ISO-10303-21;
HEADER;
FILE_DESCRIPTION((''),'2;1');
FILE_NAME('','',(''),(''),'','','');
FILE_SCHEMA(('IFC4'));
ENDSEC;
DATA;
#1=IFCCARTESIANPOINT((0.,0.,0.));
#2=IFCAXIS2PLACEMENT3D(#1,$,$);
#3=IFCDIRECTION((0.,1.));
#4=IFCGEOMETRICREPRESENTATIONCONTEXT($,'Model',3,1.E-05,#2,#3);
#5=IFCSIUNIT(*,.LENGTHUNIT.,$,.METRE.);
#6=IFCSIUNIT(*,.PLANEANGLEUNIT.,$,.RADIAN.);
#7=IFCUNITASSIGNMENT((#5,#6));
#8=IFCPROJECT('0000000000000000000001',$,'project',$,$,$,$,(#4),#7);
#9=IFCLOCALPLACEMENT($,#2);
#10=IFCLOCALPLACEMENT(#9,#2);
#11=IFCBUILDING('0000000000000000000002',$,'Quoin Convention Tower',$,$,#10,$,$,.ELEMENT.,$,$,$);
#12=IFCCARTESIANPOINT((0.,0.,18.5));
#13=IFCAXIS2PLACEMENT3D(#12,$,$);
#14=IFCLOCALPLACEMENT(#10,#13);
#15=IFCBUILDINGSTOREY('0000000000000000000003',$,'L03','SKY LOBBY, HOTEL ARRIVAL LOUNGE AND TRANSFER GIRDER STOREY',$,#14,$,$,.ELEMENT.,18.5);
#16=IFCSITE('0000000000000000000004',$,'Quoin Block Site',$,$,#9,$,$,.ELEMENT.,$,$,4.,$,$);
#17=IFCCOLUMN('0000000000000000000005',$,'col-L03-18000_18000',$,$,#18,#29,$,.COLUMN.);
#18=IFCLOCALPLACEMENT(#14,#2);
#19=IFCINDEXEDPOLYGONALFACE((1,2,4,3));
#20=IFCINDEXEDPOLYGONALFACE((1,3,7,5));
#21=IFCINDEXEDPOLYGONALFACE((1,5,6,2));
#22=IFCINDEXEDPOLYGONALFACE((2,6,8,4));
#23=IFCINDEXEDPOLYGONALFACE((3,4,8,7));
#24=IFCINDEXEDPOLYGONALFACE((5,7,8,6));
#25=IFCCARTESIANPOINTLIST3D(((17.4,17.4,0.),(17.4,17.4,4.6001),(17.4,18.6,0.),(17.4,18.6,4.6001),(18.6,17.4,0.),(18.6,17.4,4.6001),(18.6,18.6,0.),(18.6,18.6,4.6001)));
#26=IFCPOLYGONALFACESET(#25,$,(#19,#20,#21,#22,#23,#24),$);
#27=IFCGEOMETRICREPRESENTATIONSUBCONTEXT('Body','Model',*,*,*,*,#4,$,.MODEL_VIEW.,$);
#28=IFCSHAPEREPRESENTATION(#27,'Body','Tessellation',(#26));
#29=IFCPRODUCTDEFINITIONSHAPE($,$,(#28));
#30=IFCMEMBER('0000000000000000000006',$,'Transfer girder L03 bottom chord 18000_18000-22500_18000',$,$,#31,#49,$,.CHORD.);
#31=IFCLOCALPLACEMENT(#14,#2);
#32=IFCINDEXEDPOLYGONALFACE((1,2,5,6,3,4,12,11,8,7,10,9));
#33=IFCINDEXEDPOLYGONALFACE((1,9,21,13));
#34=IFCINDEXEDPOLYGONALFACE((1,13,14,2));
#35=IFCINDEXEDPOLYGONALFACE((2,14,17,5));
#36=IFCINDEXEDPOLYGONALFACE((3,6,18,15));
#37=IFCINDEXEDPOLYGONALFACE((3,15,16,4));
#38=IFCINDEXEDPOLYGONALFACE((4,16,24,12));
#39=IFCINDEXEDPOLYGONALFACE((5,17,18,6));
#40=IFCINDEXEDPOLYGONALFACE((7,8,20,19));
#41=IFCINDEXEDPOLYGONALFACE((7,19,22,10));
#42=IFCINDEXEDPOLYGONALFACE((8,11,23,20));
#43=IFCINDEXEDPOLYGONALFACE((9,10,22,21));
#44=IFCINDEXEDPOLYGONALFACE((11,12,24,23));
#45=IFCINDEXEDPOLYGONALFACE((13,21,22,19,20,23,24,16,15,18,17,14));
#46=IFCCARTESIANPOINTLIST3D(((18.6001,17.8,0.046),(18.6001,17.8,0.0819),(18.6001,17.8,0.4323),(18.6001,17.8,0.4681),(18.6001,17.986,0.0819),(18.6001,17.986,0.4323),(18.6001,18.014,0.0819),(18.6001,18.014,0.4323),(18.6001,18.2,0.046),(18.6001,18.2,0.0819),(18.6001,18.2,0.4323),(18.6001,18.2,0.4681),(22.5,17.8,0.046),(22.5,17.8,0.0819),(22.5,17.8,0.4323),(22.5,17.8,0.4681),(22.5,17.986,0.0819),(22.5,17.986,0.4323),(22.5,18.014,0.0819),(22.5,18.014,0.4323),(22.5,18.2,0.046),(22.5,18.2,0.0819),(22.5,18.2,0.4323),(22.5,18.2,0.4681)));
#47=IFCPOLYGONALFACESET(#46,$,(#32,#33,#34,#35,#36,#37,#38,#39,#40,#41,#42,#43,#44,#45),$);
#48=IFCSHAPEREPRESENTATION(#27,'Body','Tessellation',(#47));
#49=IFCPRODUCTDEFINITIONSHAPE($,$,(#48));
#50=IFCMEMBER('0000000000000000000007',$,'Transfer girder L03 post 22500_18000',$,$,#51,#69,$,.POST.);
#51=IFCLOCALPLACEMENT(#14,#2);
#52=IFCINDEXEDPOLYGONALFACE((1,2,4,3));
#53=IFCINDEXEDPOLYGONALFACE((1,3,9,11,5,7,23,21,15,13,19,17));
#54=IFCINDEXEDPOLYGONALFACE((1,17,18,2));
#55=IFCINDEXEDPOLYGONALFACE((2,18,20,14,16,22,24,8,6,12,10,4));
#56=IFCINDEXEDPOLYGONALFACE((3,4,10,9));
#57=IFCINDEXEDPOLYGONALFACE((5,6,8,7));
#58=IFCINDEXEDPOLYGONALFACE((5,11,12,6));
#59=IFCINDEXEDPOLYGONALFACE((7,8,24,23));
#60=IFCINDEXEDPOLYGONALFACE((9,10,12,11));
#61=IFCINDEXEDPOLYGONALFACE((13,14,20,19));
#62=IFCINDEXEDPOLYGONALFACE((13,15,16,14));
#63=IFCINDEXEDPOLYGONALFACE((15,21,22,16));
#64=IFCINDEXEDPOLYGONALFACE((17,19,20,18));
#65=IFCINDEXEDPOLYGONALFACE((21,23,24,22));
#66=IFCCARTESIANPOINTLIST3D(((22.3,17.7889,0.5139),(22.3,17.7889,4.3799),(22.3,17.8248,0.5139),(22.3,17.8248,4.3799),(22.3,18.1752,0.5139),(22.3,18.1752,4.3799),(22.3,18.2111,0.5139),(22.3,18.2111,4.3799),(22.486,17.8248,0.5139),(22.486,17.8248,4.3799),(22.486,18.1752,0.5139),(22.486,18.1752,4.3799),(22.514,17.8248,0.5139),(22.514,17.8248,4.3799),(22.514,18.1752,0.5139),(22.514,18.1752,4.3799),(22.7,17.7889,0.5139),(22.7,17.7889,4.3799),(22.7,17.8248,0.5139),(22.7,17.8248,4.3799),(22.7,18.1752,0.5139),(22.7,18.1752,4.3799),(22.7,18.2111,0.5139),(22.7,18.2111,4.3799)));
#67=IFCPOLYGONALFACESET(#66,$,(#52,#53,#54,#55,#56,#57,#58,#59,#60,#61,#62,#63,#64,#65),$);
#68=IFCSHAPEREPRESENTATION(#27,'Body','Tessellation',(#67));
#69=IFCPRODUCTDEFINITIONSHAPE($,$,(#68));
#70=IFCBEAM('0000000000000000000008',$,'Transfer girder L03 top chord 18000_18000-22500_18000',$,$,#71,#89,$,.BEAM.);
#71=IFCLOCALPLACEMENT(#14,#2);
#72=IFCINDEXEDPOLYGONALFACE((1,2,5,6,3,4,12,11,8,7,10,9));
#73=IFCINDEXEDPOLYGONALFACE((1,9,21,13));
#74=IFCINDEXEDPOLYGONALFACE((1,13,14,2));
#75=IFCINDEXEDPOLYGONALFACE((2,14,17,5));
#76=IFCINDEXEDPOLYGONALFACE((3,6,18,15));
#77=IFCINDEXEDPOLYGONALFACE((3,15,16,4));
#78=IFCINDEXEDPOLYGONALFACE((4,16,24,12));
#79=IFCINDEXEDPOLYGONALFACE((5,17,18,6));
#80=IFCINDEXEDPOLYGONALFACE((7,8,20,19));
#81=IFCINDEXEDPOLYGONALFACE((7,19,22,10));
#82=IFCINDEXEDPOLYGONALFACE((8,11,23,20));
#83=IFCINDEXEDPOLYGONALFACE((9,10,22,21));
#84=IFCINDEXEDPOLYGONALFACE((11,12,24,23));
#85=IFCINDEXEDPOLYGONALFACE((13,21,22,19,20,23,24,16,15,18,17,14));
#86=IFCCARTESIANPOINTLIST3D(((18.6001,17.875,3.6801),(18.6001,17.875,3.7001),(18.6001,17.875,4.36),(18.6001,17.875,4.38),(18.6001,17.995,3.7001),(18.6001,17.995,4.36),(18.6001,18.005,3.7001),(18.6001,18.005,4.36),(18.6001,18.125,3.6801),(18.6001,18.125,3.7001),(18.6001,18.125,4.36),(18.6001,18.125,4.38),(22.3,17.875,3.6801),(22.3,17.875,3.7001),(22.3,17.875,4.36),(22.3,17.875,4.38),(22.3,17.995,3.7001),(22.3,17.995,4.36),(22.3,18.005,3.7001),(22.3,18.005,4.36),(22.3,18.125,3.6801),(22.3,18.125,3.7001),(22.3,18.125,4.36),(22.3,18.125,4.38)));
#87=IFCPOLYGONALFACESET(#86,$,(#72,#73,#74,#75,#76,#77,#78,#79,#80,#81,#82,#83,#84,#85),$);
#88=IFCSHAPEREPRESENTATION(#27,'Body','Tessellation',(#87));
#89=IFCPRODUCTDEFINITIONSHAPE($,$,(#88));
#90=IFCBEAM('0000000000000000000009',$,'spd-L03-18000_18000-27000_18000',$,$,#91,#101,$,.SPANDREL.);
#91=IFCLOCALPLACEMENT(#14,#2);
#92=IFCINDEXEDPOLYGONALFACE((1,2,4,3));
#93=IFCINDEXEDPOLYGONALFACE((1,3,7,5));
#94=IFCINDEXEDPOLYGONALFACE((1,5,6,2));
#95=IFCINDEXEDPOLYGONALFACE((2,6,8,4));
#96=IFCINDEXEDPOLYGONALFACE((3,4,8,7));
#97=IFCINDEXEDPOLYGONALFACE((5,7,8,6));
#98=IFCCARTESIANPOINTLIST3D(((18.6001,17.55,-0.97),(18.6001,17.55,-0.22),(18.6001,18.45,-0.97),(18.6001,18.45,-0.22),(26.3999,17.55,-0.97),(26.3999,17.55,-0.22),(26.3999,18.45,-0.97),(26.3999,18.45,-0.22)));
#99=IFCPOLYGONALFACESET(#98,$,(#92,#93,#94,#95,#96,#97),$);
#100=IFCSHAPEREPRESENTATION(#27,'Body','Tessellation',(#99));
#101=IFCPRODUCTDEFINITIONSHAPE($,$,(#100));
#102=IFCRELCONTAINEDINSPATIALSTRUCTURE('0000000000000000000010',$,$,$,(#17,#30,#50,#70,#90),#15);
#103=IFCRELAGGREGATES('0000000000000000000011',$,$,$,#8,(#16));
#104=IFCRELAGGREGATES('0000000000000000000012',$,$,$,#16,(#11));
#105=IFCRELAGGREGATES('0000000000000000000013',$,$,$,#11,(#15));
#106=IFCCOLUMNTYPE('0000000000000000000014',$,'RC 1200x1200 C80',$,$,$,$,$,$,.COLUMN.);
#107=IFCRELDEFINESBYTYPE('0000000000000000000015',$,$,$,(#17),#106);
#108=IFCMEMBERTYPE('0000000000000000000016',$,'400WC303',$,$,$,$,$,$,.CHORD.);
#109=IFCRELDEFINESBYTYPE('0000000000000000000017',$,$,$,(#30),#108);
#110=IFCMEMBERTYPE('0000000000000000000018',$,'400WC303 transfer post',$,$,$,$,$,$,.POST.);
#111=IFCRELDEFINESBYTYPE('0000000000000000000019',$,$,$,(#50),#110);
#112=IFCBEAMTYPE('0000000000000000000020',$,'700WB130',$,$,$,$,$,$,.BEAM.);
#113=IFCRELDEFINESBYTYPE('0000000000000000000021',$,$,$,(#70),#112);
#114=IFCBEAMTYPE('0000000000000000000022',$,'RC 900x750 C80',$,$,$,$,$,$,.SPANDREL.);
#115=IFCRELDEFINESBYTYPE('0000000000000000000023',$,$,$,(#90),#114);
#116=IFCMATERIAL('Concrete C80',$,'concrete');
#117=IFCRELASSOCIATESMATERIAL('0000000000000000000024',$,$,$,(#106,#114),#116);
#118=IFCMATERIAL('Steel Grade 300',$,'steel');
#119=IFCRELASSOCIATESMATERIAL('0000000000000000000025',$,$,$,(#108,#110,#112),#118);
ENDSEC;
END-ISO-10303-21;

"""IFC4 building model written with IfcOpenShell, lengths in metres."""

from ifc_helpers import new_model, si_unit, direction, frame, origin, origin_2d, place, context, subcontext, project, spatial, rectangle, i_section, extrude, material, material_profile, profile_set, type_object, element, save


model = new_model("IFC4")

# Units and contexts
model_context = context("Model", 3, precision=1e-05, world=origin(), true_north=direction((0.0, 1.0)))
body_context = subcontext(model_context, "Body", "Model", "MODEL_VIEW")
ifc_project = project(units=[si_unit("LENGTHUNIT", "METRE"), si_unit("PLANEANGLEUNIT", "RADIAN")], contexts=[model_context])

# Site, building, storey
site_placement = place(None, origin())
site = spatial("IfcSite", under=ifc_project, at=site_placement, Name="Quoin Block Site", CompositionType="ELEMENT", RefElevation=4.0)
building_placement = place(site_placement, origin())
building = spatial("IfcBuilding", under=site, at=building_placement, Name="Quoin Convention Tower", CompositionType="ELEMENT")
storey_placement = place(building_placement, frame((0.0, 0.0, 18.5)))
storey = spatial("IfcBuildingStorey", under=building, at=storey_placement, Name="L03", Description="SKY LOBBY, HOTEL ARRIVAL LOUNGE AND TRANSFER GIRDER STOREY", CompositionType="ELEMENT", Elevation=18.5)

# Column
ifc_material_1 = material(Name="Concrete C80", Category="concrete")
ifc_material_profile_1 = material_profile(ifc_material_1, rectangle(XDim=1.2, YDim=1.2, at=origin_2d()), Name="RC 1200x1200")
ifc_profile_set_1 = profile_set([ifc_material_profile_1], Name="Concrete C80")
column_type = type_object("IfcColumnType", Name="RC 1200x1200 C80", PredefinedType="COLUMN", material=ifc_profile_set_1)
column_placement = place(storey_placement, frame((18.0, 18.0, 0.0), z_axis=(0.0, 0.0, 1.0), x_axis=(1.0, 0.0, 0.0)))
element("IfcColumn", 1, at=column_placement, inside=storey, type_object=column_type, Name="col-L03-18000_18000", PredefinedType="COLUMN", context=body_context, shape_type="SweptSolid", body=[
    extrude(rectangle(XDim=1.2, YDim=1.2, at=origin_2d()), origin(), (0.0, 0.0, 1.0), 4.6001),
])

# Members
ifc_material_2 = material(Name="Steel Grade 300", Category="steel")
ifc_material_profile_2 = material_profile(ifc_material_2, i_section(OverallWidth=0.3999, OverallDepth=0.4221, WebThickness=0.0281, FlangeThickness=0.0359, at=origin_2d()), Name="400WC303")
ifc_profile_set_2 = profile_set([ifc_material_profile_2], Name="Steel Grade 300")
member_type_1 = type_object("IfcMemberType", Name="400WC303", PredefinedType="CHORD", material=ifc_profile_set_2)
member_1_placement = place(storey_placement, frame((18.6001, 18.0, 0.2571), z_axis=(1.0, 0.0, 0.0), x_axis=(0.0, 1.0, 0.0)))
element("IfcMember", 2, at=member_1_placement, inside=storey, type_object=member_type_1, Name="Transfer girder L03 bottom chord 18000_18000-22500_18000", PredefinedType="CHORD", context=body_context, shape_type="SweptSolid", body=[
    extrude(i_section(OverallWidth=0.3999, OverallDepth=0.4221, WebThickness=0.0281, FlangeThickness=0.0359, at=origin_2d()), origin(), (0.0, 0.0, 1.0), 3.8999),
])
ifc_material_profile_3 = material_profile(ifc_material_2, i_section(OverallWidth=0.3999, OverallDepth=0.4221, WebThickness=0.0281, FlangeThickness=0.0359, at=origin_2d()), Name="400WC303")
ifc_profile_set_3 = profile_set([ifc_material_profile_3], Name="Steel Grade 300")
member_type_2 = type_object("IfcMemberType", Name="400WC303 transfer post", PredefinedType="POST", material=ifc_profile_set_3)
member_2_placement = place(storey_placement, frame((22.5, 18.0, 0.5139), z_axis=(0.0, 0.0, 1.0), x_axis=(1.0, 0.0, 0.0)))
element("IfcMember", 3, at=member_2_placement, inside=storey, type_object=member_type_2, Name="Transfer girder L03 post 22500_18000", PredefinedType="POST", context=body_context, shape_type="SweptSolid", body=[
    extrude(i_section(OverallWidth=0.3999, OverallDepth=0.4221, WebThickness=0.0281, FlangeThickness=0.0359, at=origin_2d()), origin(), (0.0, 0.0, 1.0), 3.866),
])

# Beams
ifc_material_profile_4 = material_profile(ifc_material_2, i_section(OverallWidth=0.25, OverallDepth=0.7, WebThickness=0.01, FlangeThickness=0.02, at=origin_2d()), Name="700WB130")
ifc_profile_set_4 = profile_set([ifc_material_profile_4], Name="Steel Grade 300")
beam_type_1 = type_object("IfcBeamType", Name="700WB130", PredefinedType="BEAM", material=ifc_profile_set_4)
beam_1_placement = place(storey_placement, frame((18.6001, 18.0, 4.03), z_axis=(1.0, 0.0, 0.0), x_axis=(0.0, 1.0, 0.0)))
element("IfcBeam", 4, at=beam_1_placement, inside=storey, type_object=beam_type_1, Name="Transfer girder L03 top chord 18000_18000-22500_18000", PredefinedType="BEAM", context=body_context, shape_type="SweptSolid", body=[
    extrude(i_section(OverallWidth=0.25, OverallDepth=0.7, WebThickness=0.01, FlangeThickness=0.02, at=origin_2d()), origin(), (0.0, 0.0, 1.0), 3.7),
])
ifc_material_profile_5 = material_profile(ifc_material_1, rectangle(XDim=0.8999, YDim=0.75, at=origin_2d()), Name="RC 900x750")
ifc_profile_set_5 = profile_set([ifc_material_profile_5], Name="Concrete C80")
beam_type_2 = type_object("IfcBeamType", Name="RC 900x750 C80", PredefinedType="SPANDREL", material=ifc_profile_set_5)
beam_2_placement = place(storey_placement, frame((18.6001, 18.0, -0.595), z_axis=(1.0, 0.0, 0.0), x_axis=(0.0, 1.0, 0.0)))
element("IfcBeam", 5, at=beam_2_placement, inside=storey, type_object=beam_type_2, Name="spd-L03-18000_18000-27000_18000", PredefinedType="SPANDREL", context=body_context, shape_type="SweptSolid", body=[
    extrude(rectangle(XDim=0.8999, YDim=0.75, at=origin_2d()), origin(), (0.0, 0.0, 1.0), 7.7998),
])

save(model, "model.ifc")
